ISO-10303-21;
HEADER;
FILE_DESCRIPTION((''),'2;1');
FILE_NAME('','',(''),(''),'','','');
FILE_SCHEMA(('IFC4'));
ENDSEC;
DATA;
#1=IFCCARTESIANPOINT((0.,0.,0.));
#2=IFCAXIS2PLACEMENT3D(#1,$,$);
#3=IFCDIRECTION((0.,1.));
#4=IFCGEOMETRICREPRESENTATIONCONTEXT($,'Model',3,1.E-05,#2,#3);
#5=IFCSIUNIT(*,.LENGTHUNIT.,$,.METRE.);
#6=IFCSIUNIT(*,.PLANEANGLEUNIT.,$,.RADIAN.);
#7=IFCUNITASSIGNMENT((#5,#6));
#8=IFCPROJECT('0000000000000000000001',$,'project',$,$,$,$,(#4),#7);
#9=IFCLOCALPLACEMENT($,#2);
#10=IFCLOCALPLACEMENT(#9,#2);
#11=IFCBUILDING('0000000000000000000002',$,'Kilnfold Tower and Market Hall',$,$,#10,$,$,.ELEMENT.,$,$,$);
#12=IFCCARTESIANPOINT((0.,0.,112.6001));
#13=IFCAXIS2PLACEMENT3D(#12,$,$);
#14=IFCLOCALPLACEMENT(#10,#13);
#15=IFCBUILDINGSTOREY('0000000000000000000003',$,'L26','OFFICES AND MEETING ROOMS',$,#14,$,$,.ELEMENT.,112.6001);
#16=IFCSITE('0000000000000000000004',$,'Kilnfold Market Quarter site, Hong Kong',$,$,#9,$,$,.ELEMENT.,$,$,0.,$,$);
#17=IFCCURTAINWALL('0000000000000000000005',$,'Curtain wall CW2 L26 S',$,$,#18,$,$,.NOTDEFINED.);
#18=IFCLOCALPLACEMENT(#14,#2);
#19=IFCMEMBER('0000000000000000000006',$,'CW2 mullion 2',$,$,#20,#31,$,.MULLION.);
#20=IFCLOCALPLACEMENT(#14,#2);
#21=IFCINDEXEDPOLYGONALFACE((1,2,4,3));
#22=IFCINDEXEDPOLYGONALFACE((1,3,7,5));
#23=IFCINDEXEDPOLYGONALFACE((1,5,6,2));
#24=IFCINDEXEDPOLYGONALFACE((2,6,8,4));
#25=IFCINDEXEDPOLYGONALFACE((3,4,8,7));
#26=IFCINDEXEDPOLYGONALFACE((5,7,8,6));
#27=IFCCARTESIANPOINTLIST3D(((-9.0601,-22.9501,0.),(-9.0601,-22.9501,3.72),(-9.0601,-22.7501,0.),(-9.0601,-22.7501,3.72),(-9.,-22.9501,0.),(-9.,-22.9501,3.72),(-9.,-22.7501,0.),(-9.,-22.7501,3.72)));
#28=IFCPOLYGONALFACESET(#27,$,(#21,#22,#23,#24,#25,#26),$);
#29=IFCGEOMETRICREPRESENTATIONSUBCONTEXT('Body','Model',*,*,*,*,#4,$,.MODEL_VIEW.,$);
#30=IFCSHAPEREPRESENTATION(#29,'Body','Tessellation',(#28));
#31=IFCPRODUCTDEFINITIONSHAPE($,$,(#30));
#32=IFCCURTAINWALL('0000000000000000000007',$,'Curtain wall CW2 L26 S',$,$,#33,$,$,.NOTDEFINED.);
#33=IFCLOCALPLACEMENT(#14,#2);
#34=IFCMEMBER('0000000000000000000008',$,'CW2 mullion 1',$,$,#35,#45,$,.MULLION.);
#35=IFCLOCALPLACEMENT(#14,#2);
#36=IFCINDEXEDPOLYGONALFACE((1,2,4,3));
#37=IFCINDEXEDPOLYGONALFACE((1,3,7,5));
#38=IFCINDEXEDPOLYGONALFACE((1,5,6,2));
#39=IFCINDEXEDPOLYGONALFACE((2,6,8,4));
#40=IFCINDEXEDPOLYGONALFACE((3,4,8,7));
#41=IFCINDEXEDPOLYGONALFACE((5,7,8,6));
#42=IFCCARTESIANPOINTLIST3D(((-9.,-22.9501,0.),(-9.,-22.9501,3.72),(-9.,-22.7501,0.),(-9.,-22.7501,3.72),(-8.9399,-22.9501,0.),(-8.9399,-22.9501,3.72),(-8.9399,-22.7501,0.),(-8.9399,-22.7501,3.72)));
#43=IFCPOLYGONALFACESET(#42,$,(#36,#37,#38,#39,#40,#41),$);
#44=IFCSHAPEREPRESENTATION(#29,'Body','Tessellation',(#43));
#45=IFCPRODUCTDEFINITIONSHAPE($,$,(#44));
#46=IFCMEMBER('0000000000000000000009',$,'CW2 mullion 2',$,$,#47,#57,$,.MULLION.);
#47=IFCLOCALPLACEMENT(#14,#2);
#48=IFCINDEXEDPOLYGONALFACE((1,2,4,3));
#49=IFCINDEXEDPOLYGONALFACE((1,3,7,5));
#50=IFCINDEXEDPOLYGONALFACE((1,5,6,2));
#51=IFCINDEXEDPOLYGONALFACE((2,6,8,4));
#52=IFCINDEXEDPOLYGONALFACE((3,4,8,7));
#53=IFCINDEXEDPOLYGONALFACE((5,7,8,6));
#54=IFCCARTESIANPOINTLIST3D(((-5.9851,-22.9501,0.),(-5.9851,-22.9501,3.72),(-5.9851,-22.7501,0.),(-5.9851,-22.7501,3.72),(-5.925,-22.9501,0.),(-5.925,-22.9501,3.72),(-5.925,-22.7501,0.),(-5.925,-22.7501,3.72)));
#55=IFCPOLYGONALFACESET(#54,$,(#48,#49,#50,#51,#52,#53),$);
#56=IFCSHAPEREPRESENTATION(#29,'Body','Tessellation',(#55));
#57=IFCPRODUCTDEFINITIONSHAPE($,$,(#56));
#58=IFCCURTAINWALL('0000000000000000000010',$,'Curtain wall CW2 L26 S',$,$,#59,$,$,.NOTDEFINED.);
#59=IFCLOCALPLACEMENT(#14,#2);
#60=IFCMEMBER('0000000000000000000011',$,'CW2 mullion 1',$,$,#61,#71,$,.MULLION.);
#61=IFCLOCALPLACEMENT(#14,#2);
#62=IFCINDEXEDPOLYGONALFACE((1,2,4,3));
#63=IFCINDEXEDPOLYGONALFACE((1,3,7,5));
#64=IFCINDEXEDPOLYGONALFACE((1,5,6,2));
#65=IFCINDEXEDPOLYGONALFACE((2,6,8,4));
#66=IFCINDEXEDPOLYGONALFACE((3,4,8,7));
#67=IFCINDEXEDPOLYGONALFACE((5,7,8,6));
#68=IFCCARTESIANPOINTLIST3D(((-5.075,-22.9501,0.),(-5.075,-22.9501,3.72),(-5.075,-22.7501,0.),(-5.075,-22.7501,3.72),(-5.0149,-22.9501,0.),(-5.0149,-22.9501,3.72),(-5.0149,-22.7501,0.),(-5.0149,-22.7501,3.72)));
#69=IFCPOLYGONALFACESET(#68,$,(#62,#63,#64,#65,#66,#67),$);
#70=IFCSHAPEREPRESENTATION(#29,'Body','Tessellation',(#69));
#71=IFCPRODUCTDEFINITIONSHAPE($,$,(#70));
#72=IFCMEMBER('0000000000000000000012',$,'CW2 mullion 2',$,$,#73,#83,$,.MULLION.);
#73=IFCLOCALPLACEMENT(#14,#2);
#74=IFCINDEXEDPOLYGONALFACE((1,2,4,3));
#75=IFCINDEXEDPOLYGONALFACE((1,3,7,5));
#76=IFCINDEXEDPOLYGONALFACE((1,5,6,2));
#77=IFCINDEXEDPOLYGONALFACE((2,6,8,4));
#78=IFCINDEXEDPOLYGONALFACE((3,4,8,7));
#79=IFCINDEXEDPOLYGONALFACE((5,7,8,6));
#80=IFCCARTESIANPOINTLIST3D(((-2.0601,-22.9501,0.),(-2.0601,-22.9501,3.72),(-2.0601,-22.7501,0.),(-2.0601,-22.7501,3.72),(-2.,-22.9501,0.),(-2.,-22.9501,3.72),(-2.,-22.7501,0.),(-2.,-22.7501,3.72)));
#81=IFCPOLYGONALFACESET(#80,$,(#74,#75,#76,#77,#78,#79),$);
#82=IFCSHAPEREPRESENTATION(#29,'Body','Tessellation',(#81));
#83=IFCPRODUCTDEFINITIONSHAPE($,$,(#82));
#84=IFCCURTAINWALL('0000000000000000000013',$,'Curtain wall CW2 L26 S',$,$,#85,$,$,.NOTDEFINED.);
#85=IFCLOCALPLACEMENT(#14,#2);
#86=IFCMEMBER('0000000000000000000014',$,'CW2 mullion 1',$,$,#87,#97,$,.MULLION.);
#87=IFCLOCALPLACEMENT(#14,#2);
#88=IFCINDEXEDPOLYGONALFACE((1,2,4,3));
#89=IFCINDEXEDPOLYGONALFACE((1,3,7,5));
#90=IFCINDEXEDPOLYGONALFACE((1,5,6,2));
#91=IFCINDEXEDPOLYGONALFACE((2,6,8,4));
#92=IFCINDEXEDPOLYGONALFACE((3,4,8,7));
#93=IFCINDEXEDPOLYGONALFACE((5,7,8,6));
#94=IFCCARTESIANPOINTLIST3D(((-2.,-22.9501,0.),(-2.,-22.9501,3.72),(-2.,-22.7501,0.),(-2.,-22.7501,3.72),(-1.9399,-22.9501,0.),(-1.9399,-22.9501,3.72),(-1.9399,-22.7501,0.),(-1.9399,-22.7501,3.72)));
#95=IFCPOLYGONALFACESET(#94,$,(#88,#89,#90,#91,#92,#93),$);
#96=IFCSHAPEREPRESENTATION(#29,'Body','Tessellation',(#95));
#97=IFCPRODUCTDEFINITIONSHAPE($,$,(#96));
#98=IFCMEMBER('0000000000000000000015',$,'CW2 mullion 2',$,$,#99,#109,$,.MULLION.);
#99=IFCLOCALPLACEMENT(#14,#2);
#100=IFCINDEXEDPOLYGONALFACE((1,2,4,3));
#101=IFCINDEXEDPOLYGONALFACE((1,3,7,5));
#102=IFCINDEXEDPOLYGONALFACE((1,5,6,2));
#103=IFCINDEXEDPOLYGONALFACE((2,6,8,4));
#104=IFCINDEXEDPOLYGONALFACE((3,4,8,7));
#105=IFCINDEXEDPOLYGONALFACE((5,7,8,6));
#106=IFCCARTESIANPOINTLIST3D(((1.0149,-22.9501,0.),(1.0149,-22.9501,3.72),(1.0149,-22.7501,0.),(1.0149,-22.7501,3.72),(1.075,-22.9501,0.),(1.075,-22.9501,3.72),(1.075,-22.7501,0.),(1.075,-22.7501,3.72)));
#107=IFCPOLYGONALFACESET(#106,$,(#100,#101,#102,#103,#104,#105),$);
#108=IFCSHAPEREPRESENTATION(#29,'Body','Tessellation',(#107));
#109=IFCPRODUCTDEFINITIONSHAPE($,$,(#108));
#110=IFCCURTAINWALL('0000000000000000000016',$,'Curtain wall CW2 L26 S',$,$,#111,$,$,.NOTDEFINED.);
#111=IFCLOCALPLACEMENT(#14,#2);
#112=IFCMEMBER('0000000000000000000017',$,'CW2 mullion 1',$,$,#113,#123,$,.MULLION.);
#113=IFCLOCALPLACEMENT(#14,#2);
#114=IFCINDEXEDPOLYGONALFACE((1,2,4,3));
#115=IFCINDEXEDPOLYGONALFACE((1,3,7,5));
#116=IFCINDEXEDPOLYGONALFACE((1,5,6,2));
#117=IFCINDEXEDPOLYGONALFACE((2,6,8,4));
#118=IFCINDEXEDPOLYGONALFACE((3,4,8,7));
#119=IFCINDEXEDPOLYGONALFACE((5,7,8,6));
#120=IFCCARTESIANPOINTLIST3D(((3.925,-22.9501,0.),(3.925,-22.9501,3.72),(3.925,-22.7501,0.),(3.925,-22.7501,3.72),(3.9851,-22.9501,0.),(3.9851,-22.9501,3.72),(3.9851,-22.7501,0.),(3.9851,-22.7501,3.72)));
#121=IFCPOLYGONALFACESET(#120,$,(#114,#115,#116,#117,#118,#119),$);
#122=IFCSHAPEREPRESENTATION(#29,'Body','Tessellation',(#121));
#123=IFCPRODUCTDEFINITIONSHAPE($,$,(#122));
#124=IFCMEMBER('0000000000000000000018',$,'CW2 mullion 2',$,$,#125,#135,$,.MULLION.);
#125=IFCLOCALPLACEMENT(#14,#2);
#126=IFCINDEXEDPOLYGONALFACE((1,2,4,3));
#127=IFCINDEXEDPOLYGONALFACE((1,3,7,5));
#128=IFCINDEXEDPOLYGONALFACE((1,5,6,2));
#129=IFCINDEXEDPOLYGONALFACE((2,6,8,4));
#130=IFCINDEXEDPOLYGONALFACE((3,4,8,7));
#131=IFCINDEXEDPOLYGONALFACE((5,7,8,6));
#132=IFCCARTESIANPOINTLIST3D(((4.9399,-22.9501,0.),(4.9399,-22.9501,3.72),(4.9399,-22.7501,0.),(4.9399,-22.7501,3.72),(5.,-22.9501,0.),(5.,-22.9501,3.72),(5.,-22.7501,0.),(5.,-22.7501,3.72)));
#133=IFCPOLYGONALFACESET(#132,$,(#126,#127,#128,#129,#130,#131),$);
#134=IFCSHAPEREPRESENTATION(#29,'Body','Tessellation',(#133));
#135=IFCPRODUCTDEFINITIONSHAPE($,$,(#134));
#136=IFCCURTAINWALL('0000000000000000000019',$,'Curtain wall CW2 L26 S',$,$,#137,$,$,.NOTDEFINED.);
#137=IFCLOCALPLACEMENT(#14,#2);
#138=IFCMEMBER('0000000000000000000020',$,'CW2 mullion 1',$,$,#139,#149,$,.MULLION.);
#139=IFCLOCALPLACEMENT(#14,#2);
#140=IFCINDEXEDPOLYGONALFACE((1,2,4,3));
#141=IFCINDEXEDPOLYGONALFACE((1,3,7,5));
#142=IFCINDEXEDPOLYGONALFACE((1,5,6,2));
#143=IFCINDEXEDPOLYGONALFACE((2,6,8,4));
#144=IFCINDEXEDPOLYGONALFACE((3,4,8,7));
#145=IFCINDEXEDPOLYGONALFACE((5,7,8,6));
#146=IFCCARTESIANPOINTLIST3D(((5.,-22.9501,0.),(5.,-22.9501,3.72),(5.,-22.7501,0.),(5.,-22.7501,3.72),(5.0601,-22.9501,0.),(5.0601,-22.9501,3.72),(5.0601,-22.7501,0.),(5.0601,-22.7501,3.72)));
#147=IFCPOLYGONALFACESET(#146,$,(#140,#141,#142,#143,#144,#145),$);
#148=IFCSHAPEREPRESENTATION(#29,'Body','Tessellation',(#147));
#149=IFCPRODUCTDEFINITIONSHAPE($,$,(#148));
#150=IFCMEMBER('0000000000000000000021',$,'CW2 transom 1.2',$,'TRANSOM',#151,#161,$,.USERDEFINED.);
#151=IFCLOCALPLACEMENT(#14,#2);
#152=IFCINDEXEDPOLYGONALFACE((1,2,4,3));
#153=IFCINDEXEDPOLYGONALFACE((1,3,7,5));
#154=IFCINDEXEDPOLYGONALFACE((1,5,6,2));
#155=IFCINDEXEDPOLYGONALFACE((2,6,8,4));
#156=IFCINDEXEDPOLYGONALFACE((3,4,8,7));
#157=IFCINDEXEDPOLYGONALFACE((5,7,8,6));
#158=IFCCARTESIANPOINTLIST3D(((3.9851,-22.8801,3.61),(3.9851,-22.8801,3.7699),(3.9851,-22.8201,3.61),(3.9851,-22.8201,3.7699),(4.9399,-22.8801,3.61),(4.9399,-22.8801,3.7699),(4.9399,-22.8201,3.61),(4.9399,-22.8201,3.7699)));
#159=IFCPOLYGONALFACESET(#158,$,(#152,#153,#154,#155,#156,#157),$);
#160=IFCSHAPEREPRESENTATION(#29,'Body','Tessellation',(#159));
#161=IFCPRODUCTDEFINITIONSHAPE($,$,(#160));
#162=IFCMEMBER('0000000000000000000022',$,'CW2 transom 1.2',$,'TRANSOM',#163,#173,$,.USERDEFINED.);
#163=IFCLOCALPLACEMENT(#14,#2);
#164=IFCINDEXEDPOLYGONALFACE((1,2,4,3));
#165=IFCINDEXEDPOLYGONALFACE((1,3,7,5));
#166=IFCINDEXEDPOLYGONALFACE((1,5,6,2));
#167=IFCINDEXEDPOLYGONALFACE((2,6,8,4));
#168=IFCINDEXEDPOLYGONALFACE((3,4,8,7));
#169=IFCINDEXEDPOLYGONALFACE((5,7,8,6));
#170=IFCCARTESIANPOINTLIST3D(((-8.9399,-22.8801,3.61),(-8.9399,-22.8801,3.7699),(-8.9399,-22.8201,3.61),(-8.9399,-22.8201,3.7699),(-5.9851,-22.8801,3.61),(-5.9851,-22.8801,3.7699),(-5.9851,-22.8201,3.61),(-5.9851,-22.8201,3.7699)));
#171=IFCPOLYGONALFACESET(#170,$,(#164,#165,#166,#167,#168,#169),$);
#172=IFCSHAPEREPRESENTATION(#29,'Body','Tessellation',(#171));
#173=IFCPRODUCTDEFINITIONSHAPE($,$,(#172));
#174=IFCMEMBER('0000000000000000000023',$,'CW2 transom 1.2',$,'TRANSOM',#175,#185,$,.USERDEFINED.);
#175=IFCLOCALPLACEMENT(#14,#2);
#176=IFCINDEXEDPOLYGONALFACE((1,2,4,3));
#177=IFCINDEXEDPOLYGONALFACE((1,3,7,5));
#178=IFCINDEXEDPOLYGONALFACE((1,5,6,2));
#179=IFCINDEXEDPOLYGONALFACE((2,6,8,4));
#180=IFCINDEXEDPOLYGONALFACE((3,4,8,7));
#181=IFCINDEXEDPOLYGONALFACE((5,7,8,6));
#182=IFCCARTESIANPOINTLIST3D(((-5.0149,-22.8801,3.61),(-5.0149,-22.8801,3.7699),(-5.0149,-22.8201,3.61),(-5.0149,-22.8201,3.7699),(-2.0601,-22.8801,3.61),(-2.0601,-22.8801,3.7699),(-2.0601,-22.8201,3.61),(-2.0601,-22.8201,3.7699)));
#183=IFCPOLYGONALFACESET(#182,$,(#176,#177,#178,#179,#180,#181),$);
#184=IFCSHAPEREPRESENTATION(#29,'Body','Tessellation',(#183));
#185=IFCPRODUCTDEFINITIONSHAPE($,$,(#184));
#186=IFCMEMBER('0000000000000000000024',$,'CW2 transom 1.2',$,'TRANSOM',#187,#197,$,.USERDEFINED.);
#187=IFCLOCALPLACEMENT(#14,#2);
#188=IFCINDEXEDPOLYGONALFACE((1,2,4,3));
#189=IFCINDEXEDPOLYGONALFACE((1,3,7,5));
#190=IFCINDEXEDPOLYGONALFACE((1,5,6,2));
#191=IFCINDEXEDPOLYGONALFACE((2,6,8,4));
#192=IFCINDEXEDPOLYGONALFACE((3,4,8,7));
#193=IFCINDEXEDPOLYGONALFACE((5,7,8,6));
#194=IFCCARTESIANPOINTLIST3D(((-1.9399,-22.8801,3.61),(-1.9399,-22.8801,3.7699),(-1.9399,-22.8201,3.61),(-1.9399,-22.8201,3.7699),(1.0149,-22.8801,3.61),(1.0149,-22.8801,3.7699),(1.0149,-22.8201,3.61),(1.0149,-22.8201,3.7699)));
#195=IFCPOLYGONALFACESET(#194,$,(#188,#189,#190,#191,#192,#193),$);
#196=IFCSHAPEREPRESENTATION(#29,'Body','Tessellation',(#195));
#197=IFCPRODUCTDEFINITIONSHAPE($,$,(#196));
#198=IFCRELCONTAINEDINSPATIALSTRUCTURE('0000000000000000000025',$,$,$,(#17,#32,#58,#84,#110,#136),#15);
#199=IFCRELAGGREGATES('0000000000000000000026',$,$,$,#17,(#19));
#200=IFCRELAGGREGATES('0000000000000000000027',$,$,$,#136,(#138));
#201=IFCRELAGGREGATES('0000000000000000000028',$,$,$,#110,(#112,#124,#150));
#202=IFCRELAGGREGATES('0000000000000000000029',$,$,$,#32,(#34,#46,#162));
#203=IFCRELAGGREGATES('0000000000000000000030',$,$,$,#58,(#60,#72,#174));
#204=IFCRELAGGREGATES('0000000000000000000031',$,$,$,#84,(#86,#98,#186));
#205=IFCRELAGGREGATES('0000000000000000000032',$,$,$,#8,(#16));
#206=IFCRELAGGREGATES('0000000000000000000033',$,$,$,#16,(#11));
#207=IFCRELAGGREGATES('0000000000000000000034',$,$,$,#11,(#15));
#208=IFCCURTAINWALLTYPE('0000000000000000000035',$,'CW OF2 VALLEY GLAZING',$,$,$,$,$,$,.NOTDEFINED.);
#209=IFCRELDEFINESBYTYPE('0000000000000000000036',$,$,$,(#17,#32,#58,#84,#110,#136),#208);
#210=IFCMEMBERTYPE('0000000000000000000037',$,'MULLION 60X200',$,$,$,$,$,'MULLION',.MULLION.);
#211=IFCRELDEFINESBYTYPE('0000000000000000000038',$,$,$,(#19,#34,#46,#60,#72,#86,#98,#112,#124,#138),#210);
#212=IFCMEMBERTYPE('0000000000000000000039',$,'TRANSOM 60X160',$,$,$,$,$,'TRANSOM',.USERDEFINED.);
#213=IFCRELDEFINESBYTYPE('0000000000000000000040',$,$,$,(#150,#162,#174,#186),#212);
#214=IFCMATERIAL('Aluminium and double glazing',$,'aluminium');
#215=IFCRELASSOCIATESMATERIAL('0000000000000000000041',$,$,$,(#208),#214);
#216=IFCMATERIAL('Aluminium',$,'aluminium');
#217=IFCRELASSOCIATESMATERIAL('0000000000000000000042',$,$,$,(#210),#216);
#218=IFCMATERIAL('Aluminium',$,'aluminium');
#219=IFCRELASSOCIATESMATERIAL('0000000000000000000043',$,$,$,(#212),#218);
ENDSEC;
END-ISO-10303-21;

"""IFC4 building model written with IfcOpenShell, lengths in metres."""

from ifc_helpers import new_model, si_unit, direction, frame, origin, origin_2d, place, context, subcontext, project, spatial, rectangle, extrude, source, transform, mapped, material, material_profile, profile_set, type_object, element, aggregate, save


model = new_model("IFC4")

# Units and contexts
model_context = context("Model", 3, precision=1e-05, world=origin(), true_north=direction((0.0, 1.0)))
body_context = subcontext(model_context, "Body", "Model", "MODEL_VIEW")
ifc_project = project(units=[si_unit("LENGTHUNIT", "METRE"), si_unit("PLANEANGLEUNIT", "RADIAN")], contexts=[model_context])

# Site, building, storey
site_placement = place(None, origin())
site = spatial("IfcSite", under=ifc_project, at=site_placement, Name="Kilnfold Market Quarter site, Hong Kong", CompositionType="ELEMENT", RefElevation=0.0)
building_placement = place(site_placement, origin())
building = spatial("IfcBuilding", under=site, at=building_placement, Name="Kilnfold Tower and Market Hall", CompositionType="ELEMENT")
storey_placement = place(building_placement, frame((0.0, 0.0, 112.6001)))
storey = spatial("IfcBuildingStorey", under=building, at=storey_placement, Name="L26", Description="OFFICES AND MEETING ROOMS", CompositionType="ELEMENT", Elevation=112.6001)

# Curtain wall, member
ifc_material_1 = material(Name="Aluminium and double glazing", Category="aluminium")
curtain_wall_type = type_object("IfcCurtainWallType", Name="CW OF2 VALLEY GLAZING", PredefinedType="NOTDEFINED", material=ifc_material_1)
curtain_wall_1_placement = place(storey_placement, origin())
curtain_wall_1 = element("IfcCurtainWall", 1, at=curtain_wall_1_placement, inside=storey, type_object=curtain_wall_type, Name="Curtain wall CW2 L26 S", PredefinedType="NOTDEFINED")
ifc_material_2 = material(Name="Aluminium", Category="aluminium")
ifc_material_profile_1 = material_profile(ifc_material_2, rectangle(XDim=0.0601, YDim=0.2, at=origin_2d()), Name="MULLION 60x200")
ifc_profile_set_1 = profile_set([ifc_material_profile_1], Name="Aluminium")
member_type_1 = type_object("IfcMemberType", Name="MULLION 60X200", ElementType="MULLION", PredefinedType="MULLION", material=ifc_profile_set_1)
shared_shape_1 = source(origin(), body_context, "Body", "SweptSolid", [
    extrude(rectangle(XDim=0.0601, YDim=0.2, at=origin_2d()), origin(), (0.0, 0.0, 1.0), 3.72),
])
member_1_placement = place(storey_placement, frame((-9.03, -22.8501, 0.0), z_axis=(0.0, 0.0, 1.0), x_axis=(1.0, 0.0, 0.0)))
member_1 = element("IfcMember", 2, at=member_1_placement, type_object=member_type_1, Name="CW2 mullion 2", PredefinedType="MULLION", context=body_context, shape_type="MappedRepresentation", body=[
    mapped(shared_shape_1, transform((0.0, 0.0, 0.0))),
])
aggregate(curtain_wall_1, [member_1])

# Curtain walls, members
curtain_wall_2_placement = place(storey_placement, origin())
curtain_wall_2 = element("IfcCurtainWall", 3, at=curtain_wall_2_placement, inside=storey, type_object=curtain_wall_type, Name="Curtain wall CW2 L26 S", PredefinedType="NOTDEFINED")
member_2_placement = place(storey_placement, frame((-8.97, -22.8501, 0.0), z_axis=(0.0, 0.0, 1.0), x_axis=(1.0, 0.0, 0.0)))
member_2 = element("IfcMember", 4, at=member_2_placement, type_object=member_type_1, Name="CW2 mullion 1", PredefinedType="MULLION", context=body_context, shape_type="MappedRepresentation", body=[
    mapped(shared_shape_1, transform((0.0, 0.0, 0.0))),
])
member_3_placement = place(storey_placement, frame((-5.9551, -22.8501, 0.0), z_axis=(0.0, 0.0, 1.0), x_axis=(1.0, 0.0, 0.0)))
member_3 = element("IfcMember", 5, at=member_3_placement, type_object=member_type_1, Name="CW2 mullion 2", PredefinedType="MULLION", context=body_context, shape_type="MappedRepresentation", body=[
    mapped(shared_shape_1, transform((0.0, 0.0, 0.0))),
])
curtain_wall_3_placement = place(storey_placement, origin())
curtain_wall_3 = element("IfcCurtainWall", 6, at=curtain_wall_3_placement, inside=storey, type_object=curtain_wall_type, Name="Curtain wall CW2 L26 S", PredefinedType="NOTDEFINED")
member_4_placement = place(storey_placement, frame((-5.0449, -22.8501, 0.0), z_axis=(0.0, 0.0, 1.0), x_axis=(1.0, 0.0, 0.0)))
member_4 = element("IfcMember", 7, at=member_4_placement, type_object=member_type_1, Name="CW2 mullion 1", PredefinedType="MULLION", context=body_context, shape_type="MappedRepresentation", body=[
    mapped(shared_shape_1, transform((0.0, 0.0, 0.0))),
])
member_5_placement = place(storey_placement, frame((-2.03, -22.8501, 0.0), z_axis=(0.0, 0.0, 1.0), x_axis=(1.0, 0.0, 0.0)))
member_5 = element("IfcMember", 8, at=member_5_placement, type_object=member_type_1, Name="CW2 mullion 2", PredefinedType="MULLION", context=body_context, shape_type="MappedRepresentation", body=[
    mapped(shared_shape_1, transform((0.0, 0.0, 0.0))),
])
curtain_wall_4_placement = place(storey_placement, origin())
curtain_wall_4 = element("IfcCurtainWall", 9, at=curtain_wall_4_placement, inside=storey, type_object=curtain_wall_type, Name="Curtain wall CW2 L26 S", PredefinedType="NOTDEFINED")
member_6_placement = place(storey_placement, frame((-1.97, -22.8501, 0.0), z_axis=(0.0, 0.0, 1.0), x_axis=(1.0, 0.0, 0.0)))
member_6 = element("IfcMember", 10, at=member_6_placement, type_object=member_type_1, Name="CW2 mullion 1", PredefinedType="MULLION", context=body_context, shape_type="MappedRepresentation", body=[
    mapped(shared_shape_1, transform((0.0, 0.0, 0.0))),
])
member_7_placement = place(storey_placement, frame((1.0449, -22.8501, 0.0), z_axis=(0.0, 0.0, 1.0), x_axis=(1.0, 0.0, 0.0)))
member_7 = element("IfcMember", 11, at=member_7_placement, type_object=member_type_1, Name="CW2 mullion 2", PredefinedType="MULLION", context=body_context, shape_type="MappedRepresentation", body=[
    mapped(shared_shape_1, transform((0.0, 0.0, 0.0))),
])
curtain_wall_5_placement = place(storey_placement, origin())
curtain_wall_5 = element("IfcCurtainWall", 12, at=curtain_wall_5_placement, inside=storey, type_object=curtain_wall_type, Name="Curtain wall CW2 L26 S", PredefinedType="NOTDEFINED")
member_8_placement = place(storey_placement, frame((3.9551, -22.8501, 0.0), z_axis=(0.0, 0.0, 1.0), x_axis=(1.0, 0.0, 0.0)))
member_8 = element("IfcMember", 13, at=member_8_placement, type_object=member_type_1, Name="CW2 mullion 1", PredefinedType="MULLION", context=body_context, shape_type="MappedRepresentation", body=[
    mapped(shared_shape_1, transform((0.0, 0.0, 0.0))),
])
member_9_placement = place(storey_placement, frame((4.97, -22.8501, 0.0), z_axis=(0.0, 0.0, 1.0), x_axis=(1.0, 0.0, 0.0)))
member_9 = element("IfcMember", 14, at=member_9_placement, type_object=member_type_1, Name="CW2 mullion 2", PredefinedType="MULLION", context=body_context, shape_type="MappedRepresentation", body=[
    mapped(shared_shape_1, transform((0.0, 0.0, 0.0))),
])

# Curtain wall, member
curtain_wall_6_placement = place(storey_placement, origin())
curtain_wall_6 = element("IfcCurtainWall", 15, at=curtain_wall_6_placement, inside=storey, type_object=curtain_wall_type, Name="Curtain wall CW2 L26 S", PredefinedType="NOTDEFINED")
member_10_placement = place(storey_placement, frame((5.03, -22.8501, 0.0), z_axis=(0.0, 0.0, 1.0), x_axis=(1.0, 0.0, 0.0)))
member_10 = element("IfcMember", 16, at=member_10_placement, type_object=member_type_1, Name="CW2 mullion 1", PredefinedType="MULLION", context=body_context, shape_type="MappedRepresentation", body=[
    mapped(shared_shape_1, transform((0.0, 0.0, 0.0))),
])
aggregate(curtain_wall_6, [member_10])

# Members
ifc_material_3 = material(Name="Aluminium", Category="aluminium")
ifc_material_profile_2 = material_profile(ifc_material_3, rectangle(XDim=0.0601, YDim=0.1599, at=origin_2d()), Name="TRANSOM 60x160")
ifc_profile_set_2 = profile_set([ifc_material_profile_2], Name="Aluminium")
member_type_2 = type_object("IfcMemberType", Name="TRANSOM 60X160", ElementType="TRANSOM", PredefinedType="USERDEFINED", material=ifc_profile_set_2)
shared_shape_2 = source(origin(), body_context, "Body", "SweptSolid", [
    extrude(rectangle(XDim=0.0601, YDim=0.1599, at=origin_2d()), origin(), (0.0, 0.0, 1.0), 0.9548),
])
member_11_placement = place(storey_placement, frame((3.9851, -22.8501, 3.6899), z_axis=(1.0, 0.0, 0.0), x_axis=(0.0, 1.0, 0.0)))
member_11 = element("IfcMember", 17, at=member_11_placement, type_object=member_type_2, Name="CW2 transom 1.2", ObjectType="TRANSOM", PredefinedType="USERDEFINED", context=body_context, shape_type="MappedRepresentation", body=[
    mapped(shared_shape_2, transform((0.0, 0.0, 0.0))),
])
shared_shape_3 = source(origin(), body_context, "Body", "SweptSolid", [
    extrude(rectangle(XDim=0.0601, YDim=0.1599, at=origin_2d()), origin(), (0.0, 0.0, 1.0), 2.9548),
])
member_12_placement = place(storey_placement, frame((-8.9399, -22.8501, 3.6899), z_axis=(1.0, 0.0, 0.0), x_axis=(0.0, 1.0, 0.0)))
member_12 = element("IfcMember", 18, at=member_12_placement, type_object=member_type_2, Name="CW2 transom 1.2", ObjectType="TRANSOM", PredefinedType="USERDEFINED", context=body_context, shape_type="MappedRepresentation", body=[
    mapped(shared_shape_3, transform((0.0, 0.0, 0.0))),
])
member_13_placement = place(storey_placement, frame((-5.0149, -22.8501, 3.6899), z_axis=(1.0, 0.0, 0.0), x_axis=(0.0, 1.0, 0.0)))
member_13 = element("IfcMember", 19, at=member_13_placement, type_object=member_type_2, Name="CW2 transom 1.2", ObjectType="TRANSOM", PredefinedType="USERDEFINED", context=body_context, shape_type="MappedRepresentation", body=[
    mapped(shared_shape_3, transform((0.0, 0.0, 0.0))),
])
member_14_placement = place(storey_placement, frame((-1.9399, -22.8501, 3.6899), z_axis=(1.0, 0.0, 0.0), x_axis=(0.0, 1.0, 0.0)))
member_14 = element("IfcMember", 20, at=member_14_placement, type_object=member_type_2, Name="CW2 transom 1.2", ObjectType="TRANSOM", PredefinedType="USERDEFINED", context=body_context, shape_type="MappedRepresentation", body=[
    mapped(shared_shape_3, transform((0.0, 0.0, 0.0))),
])

aggregate(curtain_wall_5, [member_8, member_9, member_11])
aggregate(curtain_wall_2, [member_2, member_3, member_12])
aggregate(curtain_wall_3, [member_4, member_5, member_13])
aggregate(curtain_wall_4, [member_6, member_7, member_14])

save(model, "model.ifc")
